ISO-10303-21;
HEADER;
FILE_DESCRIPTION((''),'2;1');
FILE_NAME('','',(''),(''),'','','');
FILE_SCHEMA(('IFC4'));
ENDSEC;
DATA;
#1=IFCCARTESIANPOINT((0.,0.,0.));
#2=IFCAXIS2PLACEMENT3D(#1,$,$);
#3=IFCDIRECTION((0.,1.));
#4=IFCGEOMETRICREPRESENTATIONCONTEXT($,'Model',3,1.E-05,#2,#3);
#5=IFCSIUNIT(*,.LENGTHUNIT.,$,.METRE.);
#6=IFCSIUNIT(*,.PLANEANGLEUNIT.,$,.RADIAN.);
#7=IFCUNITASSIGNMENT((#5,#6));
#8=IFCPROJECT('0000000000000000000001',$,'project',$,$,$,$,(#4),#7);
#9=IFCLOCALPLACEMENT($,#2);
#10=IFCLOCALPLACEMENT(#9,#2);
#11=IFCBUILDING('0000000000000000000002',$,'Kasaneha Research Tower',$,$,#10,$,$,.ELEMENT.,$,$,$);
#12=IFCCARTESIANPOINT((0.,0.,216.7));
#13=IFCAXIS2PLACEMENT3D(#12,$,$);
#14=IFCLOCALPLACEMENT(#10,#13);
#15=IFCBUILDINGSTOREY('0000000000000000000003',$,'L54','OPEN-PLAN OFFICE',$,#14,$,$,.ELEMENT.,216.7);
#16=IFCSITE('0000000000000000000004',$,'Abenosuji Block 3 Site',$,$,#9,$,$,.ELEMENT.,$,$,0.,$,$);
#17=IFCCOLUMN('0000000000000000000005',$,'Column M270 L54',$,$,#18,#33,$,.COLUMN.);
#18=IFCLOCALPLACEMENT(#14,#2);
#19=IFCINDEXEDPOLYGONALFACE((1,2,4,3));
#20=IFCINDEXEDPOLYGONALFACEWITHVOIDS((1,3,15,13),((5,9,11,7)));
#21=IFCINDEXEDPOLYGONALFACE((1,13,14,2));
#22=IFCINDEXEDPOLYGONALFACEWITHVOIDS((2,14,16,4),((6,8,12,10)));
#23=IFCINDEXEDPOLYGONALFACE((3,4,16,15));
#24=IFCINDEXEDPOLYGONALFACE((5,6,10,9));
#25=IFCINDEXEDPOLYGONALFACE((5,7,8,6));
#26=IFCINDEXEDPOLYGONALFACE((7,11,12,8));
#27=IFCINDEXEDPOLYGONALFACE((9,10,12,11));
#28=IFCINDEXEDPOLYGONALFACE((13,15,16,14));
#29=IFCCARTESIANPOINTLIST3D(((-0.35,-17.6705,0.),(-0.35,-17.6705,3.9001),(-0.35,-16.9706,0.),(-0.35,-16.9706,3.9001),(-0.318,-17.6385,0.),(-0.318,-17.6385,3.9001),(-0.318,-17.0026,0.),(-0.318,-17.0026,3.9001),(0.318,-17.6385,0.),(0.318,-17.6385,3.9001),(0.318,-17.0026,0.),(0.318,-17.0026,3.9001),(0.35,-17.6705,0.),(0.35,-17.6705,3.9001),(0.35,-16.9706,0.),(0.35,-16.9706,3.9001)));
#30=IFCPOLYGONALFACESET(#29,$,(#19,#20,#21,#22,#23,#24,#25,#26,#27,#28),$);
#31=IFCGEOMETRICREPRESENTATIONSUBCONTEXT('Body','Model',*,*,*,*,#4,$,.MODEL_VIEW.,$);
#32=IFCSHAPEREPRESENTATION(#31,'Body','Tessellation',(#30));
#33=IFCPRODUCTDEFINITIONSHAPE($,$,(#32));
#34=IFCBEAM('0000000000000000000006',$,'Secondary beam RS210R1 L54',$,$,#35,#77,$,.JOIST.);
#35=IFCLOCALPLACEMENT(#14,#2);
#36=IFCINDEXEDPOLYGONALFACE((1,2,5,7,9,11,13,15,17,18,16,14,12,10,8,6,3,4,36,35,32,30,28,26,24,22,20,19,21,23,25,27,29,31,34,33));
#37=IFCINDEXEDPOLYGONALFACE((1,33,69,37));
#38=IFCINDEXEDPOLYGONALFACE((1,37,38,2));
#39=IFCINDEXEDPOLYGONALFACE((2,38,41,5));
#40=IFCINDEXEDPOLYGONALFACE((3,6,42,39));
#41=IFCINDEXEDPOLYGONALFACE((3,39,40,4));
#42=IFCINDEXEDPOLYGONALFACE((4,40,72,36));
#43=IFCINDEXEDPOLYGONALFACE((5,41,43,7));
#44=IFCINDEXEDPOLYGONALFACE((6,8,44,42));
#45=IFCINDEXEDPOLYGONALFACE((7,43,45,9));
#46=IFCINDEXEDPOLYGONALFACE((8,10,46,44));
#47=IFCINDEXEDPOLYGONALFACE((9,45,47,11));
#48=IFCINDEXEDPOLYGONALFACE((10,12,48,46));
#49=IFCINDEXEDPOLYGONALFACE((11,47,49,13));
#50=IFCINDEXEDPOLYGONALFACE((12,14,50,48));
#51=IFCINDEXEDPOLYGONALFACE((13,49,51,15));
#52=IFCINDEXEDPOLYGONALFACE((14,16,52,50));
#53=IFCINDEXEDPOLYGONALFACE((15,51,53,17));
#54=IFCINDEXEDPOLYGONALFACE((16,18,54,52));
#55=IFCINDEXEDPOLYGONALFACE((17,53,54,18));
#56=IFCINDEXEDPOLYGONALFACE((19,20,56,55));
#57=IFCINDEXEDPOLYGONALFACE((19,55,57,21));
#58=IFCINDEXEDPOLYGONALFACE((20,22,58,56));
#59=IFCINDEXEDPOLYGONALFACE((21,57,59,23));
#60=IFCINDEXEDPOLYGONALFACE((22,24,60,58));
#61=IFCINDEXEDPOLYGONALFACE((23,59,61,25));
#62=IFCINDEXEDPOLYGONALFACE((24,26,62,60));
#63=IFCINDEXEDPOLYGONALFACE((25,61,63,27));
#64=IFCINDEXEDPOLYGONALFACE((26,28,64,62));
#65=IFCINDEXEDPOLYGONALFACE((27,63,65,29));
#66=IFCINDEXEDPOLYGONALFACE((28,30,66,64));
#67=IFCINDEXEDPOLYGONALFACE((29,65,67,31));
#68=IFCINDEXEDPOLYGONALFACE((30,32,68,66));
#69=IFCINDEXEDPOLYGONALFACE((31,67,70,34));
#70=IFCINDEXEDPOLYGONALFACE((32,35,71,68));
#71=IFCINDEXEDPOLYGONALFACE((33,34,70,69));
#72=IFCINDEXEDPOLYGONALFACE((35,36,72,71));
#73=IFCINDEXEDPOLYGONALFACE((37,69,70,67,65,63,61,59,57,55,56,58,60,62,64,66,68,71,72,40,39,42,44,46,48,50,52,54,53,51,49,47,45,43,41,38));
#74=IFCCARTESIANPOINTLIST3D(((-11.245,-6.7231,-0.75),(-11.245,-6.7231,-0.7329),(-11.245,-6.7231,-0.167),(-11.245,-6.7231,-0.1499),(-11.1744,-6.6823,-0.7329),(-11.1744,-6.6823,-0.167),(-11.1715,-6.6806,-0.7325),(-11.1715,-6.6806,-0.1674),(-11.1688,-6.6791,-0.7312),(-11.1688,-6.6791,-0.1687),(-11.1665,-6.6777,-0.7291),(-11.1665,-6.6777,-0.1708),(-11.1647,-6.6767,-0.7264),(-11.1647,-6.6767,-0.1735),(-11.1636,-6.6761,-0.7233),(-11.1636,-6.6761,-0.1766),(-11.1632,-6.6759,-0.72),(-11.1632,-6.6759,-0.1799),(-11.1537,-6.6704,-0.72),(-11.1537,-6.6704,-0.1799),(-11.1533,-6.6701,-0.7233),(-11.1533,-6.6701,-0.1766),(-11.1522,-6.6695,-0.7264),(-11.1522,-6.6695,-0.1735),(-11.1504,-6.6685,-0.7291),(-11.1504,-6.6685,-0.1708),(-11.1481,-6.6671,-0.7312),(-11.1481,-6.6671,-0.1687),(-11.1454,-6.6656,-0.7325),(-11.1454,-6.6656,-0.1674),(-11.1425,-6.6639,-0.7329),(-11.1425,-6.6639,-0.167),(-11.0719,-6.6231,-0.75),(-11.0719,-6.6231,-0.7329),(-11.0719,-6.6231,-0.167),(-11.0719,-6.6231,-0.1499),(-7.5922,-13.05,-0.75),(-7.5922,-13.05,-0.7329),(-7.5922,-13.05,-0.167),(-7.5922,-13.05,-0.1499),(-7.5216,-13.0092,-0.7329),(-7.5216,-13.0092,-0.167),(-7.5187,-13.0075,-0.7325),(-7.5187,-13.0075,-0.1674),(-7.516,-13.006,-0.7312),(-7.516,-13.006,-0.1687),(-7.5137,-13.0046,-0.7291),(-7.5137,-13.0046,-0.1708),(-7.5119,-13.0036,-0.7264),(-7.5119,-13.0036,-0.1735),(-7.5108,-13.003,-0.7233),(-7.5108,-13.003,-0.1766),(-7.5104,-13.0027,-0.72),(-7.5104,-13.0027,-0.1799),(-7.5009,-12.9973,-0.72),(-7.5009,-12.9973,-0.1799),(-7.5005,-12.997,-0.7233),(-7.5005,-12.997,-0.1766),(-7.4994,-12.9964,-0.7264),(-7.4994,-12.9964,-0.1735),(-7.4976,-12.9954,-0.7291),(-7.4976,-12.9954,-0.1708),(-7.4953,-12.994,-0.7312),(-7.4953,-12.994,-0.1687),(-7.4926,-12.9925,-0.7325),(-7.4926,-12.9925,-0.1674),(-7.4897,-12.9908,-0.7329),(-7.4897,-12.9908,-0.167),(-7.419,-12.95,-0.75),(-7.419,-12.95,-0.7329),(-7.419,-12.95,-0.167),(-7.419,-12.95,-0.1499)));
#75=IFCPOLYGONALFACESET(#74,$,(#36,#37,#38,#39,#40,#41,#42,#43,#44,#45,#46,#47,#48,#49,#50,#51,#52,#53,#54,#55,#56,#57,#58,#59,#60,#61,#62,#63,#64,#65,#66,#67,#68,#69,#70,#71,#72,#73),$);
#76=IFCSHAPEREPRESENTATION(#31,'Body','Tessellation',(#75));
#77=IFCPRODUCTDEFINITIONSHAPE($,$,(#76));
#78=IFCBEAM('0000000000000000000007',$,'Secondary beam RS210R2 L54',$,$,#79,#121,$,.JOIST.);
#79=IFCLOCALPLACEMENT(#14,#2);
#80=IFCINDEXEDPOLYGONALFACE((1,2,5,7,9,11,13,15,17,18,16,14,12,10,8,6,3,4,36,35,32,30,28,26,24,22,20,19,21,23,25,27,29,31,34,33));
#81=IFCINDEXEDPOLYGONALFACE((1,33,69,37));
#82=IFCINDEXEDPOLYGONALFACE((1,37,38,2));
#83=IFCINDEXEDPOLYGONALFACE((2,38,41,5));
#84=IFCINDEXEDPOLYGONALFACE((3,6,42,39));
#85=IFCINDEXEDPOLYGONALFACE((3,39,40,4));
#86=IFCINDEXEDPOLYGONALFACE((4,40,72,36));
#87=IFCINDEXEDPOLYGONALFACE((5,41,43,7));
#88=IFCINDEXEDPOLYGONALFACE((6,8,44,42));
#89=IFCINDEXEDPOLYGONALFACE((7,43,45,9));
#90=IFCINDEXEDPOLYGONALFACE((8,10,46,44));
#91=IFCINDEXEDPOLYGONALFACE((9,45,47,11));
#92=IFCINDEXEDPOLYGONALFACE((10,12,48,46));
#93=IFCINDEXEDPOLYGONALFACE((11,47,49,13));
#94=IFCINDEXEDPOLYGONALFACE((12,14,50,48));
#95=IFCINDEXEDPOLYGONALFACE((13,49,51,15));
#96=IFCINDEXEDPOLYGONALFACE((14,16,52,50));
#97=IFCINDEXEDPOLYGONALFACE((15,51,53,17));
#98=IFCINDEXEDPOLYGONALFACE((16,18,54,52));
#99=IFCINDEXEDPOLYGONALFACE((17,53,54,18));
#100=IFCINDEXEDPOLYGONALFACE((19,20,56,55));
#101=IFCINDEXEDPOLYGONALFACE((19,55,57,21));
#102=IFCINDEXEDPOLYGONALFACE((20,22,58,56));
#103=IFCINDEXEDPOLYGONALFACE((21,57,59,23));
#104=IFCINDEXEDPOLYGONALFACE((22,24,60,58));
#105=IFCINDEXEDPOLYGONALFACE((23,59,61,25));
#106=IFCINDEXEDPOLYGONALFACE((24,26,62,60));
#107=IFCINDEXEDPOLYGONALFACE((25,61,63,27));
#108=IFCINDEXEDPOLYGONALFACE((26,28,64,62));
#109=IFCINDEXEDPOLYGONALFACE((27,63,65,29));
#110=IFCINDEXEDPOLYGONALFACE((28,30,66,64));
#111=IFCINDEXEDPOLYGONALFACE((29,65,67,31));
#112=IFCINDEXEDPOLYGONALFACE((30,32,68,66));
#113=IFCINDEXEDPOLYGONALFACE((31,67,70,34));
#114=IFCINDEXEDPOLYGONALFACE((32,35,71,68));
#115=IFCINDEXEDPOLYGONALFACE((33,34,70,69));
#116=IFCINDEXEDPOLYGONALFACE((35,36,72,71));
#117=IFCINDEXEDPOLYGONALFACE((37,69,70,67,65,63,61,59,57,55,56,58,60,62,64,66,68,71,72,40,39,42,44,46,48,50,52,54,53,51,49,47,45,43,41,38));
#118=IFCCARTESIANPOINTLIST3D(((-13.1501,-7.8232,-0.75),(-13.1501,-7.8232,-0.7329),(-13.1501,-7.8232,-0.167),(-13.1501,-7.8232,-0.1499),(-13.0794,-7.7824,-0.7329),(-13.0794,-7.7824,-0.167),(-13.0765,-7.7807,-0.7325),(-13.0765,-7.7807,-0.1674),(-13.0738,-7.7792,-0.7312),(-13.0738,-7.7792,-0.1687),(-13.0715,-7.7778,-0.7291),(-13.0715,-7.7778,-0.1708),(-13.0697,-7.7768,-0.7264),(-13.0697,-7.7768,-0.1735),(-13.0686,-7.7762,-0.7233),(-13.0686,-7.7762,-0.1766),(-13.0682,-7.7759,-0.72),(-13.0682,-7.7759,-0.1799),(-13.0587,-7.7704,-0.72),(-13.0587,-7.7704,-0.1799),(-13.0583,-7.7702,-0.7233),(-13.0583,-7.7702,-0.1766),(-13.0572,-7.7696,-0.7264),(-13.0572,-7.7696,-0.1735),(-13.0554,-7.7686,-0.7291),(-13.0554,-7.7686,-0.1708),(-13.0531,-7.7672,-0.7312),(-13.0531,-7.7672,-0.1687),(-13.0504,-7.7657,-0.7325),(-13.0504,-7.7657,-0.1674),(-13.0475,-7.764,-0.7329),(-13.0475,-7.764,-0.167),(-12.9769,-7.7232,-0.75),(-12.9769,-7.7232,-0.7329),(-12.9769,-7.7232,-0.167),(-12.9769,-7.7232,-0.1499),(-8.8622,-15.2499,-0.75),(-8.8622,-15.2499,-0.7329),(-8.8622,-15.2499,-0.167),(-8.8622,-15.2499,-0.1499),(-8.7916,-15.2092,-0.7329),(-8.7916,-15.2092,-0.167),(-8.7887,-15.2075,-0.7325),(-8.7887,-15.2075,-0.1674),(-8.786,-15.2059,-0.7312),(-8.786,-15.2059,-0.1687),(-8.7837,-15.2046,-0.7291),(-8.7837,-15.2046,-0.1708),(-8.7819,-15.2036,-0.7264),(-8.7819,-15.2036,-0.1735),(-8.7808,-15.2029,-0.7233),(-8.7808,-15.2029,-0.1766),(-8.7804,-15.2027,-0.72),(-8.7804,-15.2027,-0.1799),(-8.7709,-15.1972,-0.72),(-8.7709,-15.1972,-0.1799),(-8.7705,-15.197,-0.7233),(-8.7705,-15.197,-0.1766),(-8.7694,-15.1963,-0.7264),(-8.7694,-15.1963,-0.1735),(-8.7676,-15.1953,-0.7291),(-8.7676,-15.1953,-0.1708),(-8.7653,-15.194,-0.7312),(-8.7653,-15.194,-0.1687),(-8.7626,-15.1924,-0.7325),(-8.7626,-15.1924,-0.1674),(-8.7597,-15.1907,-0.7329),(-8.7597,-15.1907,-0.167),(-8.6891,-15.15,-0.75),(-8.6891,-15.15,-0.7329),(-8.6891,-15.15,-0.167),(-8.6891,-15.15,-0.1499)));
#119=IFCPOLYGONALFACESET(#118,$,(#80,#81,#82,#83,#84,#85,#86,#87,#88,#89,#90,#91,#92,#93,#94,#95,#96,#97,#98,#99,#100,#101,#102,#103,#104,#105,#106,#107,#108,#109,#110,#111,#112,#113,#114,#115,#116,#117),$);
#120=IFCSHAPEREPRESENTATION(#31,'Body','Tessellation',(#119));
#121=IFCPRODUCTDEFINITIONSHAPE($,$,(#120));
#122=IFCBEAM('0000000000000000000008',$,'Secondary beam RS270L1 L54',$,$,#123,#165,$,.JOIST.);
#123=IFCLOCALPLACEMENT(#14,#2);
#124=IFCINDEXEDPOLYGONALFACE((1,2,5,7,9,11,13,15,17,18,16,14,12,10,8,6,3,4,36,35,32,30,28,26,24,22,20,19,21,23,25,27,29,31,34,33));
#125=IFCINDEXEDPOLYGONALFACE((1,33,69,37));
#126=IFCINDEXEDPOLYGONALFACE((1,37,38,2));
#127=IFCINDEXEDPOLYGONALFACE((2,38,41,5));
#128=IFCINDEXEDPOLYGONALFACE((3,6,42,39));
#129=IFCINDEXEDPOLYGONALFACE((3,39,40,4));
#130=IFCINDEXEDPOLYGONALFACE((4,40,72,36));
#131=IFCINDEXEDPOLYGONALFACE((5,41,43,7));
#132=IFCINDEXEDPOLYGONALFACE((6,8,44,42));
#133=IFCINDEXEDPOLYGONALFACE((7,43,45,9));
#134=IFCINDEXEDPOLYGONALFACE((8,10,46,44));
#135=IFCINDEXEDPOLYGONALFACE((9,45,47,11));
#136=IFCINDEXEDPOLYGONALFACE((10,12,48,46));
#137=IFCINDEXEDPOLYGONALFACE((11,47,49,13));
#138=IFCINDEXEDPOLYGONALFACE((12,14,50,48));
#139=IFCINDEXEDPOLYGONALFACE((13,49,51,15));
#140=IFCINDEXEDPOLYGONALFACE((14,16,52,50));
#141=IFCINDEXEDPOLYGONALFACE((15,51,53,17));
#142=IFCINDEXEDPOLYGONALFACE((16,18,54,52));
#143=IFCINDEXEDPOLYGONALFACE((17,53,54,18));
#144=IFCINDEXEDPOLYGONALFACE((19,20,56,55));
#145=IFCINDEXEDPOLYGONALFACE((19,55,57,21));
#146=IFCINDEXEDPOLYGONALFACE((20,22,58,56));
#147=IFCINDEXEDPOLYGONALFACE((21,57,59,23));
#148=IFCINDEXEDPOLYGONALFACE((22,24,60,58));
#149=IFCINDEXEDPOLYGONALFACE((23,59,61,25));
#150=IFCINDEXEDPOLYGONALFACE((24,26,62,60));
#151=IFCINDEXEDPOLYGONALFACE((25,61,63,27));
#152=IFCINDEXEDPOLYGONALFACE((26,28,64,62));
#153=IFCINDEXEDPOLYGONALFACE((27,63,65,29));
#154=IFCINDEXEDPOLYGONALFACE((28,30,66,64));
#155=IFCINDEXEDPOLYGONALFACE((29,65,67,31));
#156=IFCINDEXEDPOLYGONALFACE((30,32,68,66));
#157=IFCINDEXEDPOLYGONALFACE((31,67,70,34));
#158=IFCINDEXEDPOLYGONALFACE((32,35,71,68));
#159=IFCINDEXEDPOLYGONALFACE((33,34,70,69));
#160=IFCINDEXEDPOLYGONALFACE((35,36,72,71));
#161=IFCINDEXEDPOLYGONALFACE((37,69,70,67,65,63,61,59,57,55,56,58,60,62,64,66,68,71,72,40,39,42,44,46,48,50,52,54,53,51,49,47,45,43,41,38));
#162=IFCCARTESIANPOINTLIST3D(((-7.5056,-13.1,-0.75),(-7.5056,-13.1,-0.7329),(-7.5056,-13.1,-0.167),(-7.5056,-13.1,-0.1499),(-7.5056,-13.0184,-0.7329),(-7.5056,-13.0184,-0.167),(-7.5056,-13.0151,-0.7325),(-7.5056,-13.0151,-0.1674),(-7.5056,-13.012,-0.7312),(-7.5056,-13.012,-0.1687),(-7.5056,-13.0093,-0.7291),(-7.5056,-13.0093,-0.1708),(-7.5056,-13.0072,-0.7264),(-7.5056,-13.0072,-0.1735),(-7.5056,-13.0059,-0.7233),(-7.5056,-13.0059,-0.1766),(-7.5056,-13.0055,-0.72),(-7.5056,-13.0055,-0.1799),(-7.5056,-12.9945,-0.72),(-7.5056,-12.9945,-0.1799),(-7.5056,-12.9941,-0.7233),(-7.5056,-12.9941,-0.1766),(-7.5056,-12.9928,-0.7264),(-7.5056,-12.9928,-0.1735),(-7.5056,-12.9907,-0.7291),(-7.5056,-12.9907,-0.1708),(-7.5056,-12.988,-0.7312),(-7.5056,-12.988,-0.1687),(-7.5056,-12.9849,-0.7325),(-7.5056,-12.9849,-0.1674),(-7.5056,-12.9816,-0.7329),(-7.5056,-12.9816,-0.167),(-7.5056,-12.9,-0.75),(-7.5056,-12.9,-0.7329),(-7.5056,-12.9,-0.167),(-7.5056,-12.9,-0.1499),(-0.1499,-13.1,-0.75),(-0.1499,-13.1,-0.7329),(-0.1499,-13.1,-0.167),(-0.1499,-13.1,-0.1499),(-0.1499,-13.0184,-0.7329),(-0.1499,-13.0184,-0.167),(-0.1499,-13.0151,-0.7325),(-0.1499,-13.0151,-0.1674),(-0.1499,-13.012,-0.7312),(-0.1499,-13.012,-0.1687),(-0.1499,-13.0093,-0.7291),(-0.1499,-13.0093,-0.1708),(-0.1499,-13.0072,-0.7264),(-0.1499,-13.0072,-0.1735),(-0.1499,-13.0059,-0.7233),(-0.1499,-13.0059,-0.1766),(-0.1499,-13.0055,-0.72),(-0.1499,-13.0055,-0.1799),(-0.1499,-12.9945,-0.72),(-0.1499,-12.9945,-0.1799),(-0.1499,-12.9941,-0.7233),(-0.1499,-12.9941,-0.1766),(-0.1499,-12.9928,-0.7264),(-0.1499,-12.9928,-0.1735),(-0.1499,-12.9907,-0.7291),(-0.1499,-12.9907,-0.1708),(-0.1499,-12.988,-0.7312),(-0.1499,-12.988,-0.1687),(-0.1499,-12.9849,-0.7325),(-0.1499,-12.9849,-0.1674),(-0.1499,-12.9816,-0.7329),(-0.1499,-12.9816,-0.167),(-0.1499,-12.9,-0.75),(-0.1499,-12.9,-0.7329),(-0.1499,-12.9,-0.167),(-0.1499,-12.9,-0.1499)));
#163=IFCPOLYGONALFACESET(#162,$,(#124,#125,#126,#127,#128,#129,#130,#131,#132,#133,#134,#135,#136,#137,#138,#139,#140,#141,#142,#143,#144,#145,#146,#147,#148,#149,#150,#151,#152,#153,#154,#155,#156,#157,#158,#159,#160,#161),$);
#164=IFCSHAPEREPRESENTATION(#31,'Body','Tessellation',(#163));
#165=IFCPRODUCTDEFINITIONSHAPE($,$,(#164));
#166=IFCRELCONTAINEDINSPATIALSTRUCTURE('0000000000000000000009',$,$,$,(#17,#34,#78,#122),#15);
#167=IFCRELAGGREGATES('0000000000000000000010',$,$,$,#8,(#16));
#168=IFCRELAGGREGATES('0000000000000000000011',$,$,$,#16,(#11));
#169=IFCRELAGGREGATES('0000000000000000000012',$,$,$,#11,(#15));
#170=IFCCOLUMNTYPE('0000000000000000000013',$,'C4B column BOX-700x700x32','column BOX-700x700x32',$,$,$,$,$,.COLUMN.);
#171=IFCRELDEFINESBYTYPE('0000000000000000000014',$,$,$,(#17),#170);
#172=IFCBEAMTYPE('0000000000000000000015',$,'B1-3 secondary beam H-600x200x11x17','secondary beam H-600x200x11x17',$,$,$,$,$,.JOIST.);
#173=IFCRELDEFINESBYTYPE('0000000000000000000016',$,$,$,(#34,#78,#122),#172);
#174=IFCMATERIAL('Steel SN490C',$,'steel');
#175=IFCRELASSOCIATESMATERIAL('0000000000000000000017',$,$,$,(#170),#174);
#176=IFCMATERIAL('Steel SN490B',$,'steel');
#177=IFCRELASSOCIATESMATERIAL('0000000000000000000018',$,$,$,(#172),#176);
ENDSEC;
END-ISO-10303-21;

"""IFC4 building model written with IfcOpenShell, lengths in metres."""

from ifc_helpers import new_model, si_unit, direction, frame, origin, origin_2d, place, context, subcontext, project, spatial, hollow_rectangle, i_section, extrude, material, material_profile, profile_set, type_object, element, save


model = new_model("IFC4")

# Units and contexts
model_context = context("Model", 3, precision=1e-05, world=origin(), true_north=direction((0.0, 1.0)))
body_context = subcontext(model_context, "Body", "Model", "MODEL_VIEW")
ifc_project = project(units=[si_unit("LENGTHUNIT", "METRE"), si_unit("PLANEANGLEUNIT", "RADIAN")], contexts=[model_context])

# Site, building, storey
site_placement = place(None, origin())
site = spatial("IfcSite", under=ifc_project, at=site_placement, Name="Abenosuji Block 3 Site", CompositionType="ELEMENT", RefElevation=0.0)
building_placement = place(site_placement, origin())
building = spatial("IfcBuilding", under=site, at=building_placement, Name="Kasaneha Research Tower", CompositionType="ELEMENT")
storey_placement = place(building_placement, frame((0.0, 0.0, 216.7)))
storey = spatial("IfcBuildingStorey", under=building, at=storey_placement, Name="L54", Description="OPEN-PLAN OFFICE", CompositionType="ELEMENT", Elevation=216.7)

# Column
ifc_material_1 = material(Name="Steel SN490C", Category="steel")
ifc_material_profile_1 = material_profile(ifc_material_1, hollow_rectangle(XDim=0.7, YDim=0.7, WallThickness=0.032, at=origin_2d()), Name="BOX-700x700x32")
ifc_profile_set_1 = profile_set([ifc_material_profile_1], Name="Steel SN490C")
column_type = type_object("IfcColumnType", Name="C4B column BOX-700x700x32", Description="column BOX-700x700x32", PredefinedType="COLUMN", material=ifc_profile_set_1)
column_placement = place(storey_placement, frame((0.0, -17.3206, 0.0), z_axis=(0.0, 0.0, 1.0), x_axis=(1.0, 0.0, 0.0)))
element("IfcColumn", 1, at=column_placement, inside=storey, type_object=column_type, Name="Column M270 L54", PredefinedType="COLUMN", context=body_context, shape_type="SweptSolid", body=[
    extrude(hollow_rectangle(XDim=0.7, YDim=0.7, WallThickness=0.032, at=origin_2d()), origin(), (0.0, 0.0, 1.0), 3.9001),
])

# Beams
ifc_material_2 = material(Name="Steel SN490B", Category="steel")
ifc_material_profile_2 = material_profile(ifc_material_2, i_section(OverallWidth=0.2, OverallDepth=0.6001, WebThickness=0.011, FlangeThickness=0.0171, FilletRadius=0.0129, at=origin_2d()), Name="H-600x200x11x17")
ifc_profile_set_2 = profile_set([ifc_material_profile_2], Name="Steel SN490B")
beam_type_1 = type_object("IfcBeamType", Name="B1-3 secondary beam H-600x200x11x17", Description="secondary beam H-600x200x11x17", PredefinedType="JOIST", material=ifc_profile_set_2)
beam_1_placement = place(storey_placement, frame((-7.5056, -13.0, -0.45), z_axis=(-0.499999, 0.866026, 0.0), x_axis=(-0.866026, -0.499999, 0.0)))
element("IfcBeam", 2, at=beam_1_placement, inside=storey, type_object=beam_type_1, Name="Secondary beam RS210R1 L54", PredefinedType="JOIST", context=body_context, shape_type="SweptSolid", body=[
    extrude(i_section(OverallWidth=0.2, OverallDepth=0.6001, WebThickness=0.011, FlangeThickness=0.0171, FilletRadius=0.0129, at=origin_2d()), origin(), (0.0, 0.0, 1.0), 7.3057),
])
beam_2_placement = place(storey_placement, frame((-8.7756, -15.2, -0.45), z_axis=(-0.5, 0.866025, 0.0), x_axis=(-0.866025, -0.5, 0.0)))
element("IfcBeam", 3, at=beam_2_placement, inside=storey, type_object=beam_type_1, Name="Secondary beam RS210R2 L54", PredefinedType="JOIST", context=body_context, shape_type="SweptSolid", body=[
    extrude(i_section(OverallWidth=0.2, OverallDepth=0.6001, WebThickness=0.011, FlangeThickness=0.0171, FilletRadius=0.0129, at=origin_2d()), origin(), (0.0, 0.0, 1.0), 8.5757),
])
beam_3_placement = place(storey_placement, frame((-7.5056, -13.0, -0.45), z_axis=(1.0, 0.0, 0.0), x_axis=(0.0, 1.0, 0.0)))
element("IfcBeam", 4, at=beam_3_placement, inside=storey, type_object=beam_type_1, Name="Secondary beam RS270L1 L54", PredefinedType="JOIST", context=body_context, shape_type="SweptSolid", body=[
    extrude(i_section(OverallWidth=0.2, OverallDepth=0.6001, WebThickness=0.011, FlangeThickness=0.0171, FilletRadius=0.0129, at=origin_2d()), origin(), (0.0, 0.0, 1.0), 7.3557),
])

save(model, "model.ifc")
